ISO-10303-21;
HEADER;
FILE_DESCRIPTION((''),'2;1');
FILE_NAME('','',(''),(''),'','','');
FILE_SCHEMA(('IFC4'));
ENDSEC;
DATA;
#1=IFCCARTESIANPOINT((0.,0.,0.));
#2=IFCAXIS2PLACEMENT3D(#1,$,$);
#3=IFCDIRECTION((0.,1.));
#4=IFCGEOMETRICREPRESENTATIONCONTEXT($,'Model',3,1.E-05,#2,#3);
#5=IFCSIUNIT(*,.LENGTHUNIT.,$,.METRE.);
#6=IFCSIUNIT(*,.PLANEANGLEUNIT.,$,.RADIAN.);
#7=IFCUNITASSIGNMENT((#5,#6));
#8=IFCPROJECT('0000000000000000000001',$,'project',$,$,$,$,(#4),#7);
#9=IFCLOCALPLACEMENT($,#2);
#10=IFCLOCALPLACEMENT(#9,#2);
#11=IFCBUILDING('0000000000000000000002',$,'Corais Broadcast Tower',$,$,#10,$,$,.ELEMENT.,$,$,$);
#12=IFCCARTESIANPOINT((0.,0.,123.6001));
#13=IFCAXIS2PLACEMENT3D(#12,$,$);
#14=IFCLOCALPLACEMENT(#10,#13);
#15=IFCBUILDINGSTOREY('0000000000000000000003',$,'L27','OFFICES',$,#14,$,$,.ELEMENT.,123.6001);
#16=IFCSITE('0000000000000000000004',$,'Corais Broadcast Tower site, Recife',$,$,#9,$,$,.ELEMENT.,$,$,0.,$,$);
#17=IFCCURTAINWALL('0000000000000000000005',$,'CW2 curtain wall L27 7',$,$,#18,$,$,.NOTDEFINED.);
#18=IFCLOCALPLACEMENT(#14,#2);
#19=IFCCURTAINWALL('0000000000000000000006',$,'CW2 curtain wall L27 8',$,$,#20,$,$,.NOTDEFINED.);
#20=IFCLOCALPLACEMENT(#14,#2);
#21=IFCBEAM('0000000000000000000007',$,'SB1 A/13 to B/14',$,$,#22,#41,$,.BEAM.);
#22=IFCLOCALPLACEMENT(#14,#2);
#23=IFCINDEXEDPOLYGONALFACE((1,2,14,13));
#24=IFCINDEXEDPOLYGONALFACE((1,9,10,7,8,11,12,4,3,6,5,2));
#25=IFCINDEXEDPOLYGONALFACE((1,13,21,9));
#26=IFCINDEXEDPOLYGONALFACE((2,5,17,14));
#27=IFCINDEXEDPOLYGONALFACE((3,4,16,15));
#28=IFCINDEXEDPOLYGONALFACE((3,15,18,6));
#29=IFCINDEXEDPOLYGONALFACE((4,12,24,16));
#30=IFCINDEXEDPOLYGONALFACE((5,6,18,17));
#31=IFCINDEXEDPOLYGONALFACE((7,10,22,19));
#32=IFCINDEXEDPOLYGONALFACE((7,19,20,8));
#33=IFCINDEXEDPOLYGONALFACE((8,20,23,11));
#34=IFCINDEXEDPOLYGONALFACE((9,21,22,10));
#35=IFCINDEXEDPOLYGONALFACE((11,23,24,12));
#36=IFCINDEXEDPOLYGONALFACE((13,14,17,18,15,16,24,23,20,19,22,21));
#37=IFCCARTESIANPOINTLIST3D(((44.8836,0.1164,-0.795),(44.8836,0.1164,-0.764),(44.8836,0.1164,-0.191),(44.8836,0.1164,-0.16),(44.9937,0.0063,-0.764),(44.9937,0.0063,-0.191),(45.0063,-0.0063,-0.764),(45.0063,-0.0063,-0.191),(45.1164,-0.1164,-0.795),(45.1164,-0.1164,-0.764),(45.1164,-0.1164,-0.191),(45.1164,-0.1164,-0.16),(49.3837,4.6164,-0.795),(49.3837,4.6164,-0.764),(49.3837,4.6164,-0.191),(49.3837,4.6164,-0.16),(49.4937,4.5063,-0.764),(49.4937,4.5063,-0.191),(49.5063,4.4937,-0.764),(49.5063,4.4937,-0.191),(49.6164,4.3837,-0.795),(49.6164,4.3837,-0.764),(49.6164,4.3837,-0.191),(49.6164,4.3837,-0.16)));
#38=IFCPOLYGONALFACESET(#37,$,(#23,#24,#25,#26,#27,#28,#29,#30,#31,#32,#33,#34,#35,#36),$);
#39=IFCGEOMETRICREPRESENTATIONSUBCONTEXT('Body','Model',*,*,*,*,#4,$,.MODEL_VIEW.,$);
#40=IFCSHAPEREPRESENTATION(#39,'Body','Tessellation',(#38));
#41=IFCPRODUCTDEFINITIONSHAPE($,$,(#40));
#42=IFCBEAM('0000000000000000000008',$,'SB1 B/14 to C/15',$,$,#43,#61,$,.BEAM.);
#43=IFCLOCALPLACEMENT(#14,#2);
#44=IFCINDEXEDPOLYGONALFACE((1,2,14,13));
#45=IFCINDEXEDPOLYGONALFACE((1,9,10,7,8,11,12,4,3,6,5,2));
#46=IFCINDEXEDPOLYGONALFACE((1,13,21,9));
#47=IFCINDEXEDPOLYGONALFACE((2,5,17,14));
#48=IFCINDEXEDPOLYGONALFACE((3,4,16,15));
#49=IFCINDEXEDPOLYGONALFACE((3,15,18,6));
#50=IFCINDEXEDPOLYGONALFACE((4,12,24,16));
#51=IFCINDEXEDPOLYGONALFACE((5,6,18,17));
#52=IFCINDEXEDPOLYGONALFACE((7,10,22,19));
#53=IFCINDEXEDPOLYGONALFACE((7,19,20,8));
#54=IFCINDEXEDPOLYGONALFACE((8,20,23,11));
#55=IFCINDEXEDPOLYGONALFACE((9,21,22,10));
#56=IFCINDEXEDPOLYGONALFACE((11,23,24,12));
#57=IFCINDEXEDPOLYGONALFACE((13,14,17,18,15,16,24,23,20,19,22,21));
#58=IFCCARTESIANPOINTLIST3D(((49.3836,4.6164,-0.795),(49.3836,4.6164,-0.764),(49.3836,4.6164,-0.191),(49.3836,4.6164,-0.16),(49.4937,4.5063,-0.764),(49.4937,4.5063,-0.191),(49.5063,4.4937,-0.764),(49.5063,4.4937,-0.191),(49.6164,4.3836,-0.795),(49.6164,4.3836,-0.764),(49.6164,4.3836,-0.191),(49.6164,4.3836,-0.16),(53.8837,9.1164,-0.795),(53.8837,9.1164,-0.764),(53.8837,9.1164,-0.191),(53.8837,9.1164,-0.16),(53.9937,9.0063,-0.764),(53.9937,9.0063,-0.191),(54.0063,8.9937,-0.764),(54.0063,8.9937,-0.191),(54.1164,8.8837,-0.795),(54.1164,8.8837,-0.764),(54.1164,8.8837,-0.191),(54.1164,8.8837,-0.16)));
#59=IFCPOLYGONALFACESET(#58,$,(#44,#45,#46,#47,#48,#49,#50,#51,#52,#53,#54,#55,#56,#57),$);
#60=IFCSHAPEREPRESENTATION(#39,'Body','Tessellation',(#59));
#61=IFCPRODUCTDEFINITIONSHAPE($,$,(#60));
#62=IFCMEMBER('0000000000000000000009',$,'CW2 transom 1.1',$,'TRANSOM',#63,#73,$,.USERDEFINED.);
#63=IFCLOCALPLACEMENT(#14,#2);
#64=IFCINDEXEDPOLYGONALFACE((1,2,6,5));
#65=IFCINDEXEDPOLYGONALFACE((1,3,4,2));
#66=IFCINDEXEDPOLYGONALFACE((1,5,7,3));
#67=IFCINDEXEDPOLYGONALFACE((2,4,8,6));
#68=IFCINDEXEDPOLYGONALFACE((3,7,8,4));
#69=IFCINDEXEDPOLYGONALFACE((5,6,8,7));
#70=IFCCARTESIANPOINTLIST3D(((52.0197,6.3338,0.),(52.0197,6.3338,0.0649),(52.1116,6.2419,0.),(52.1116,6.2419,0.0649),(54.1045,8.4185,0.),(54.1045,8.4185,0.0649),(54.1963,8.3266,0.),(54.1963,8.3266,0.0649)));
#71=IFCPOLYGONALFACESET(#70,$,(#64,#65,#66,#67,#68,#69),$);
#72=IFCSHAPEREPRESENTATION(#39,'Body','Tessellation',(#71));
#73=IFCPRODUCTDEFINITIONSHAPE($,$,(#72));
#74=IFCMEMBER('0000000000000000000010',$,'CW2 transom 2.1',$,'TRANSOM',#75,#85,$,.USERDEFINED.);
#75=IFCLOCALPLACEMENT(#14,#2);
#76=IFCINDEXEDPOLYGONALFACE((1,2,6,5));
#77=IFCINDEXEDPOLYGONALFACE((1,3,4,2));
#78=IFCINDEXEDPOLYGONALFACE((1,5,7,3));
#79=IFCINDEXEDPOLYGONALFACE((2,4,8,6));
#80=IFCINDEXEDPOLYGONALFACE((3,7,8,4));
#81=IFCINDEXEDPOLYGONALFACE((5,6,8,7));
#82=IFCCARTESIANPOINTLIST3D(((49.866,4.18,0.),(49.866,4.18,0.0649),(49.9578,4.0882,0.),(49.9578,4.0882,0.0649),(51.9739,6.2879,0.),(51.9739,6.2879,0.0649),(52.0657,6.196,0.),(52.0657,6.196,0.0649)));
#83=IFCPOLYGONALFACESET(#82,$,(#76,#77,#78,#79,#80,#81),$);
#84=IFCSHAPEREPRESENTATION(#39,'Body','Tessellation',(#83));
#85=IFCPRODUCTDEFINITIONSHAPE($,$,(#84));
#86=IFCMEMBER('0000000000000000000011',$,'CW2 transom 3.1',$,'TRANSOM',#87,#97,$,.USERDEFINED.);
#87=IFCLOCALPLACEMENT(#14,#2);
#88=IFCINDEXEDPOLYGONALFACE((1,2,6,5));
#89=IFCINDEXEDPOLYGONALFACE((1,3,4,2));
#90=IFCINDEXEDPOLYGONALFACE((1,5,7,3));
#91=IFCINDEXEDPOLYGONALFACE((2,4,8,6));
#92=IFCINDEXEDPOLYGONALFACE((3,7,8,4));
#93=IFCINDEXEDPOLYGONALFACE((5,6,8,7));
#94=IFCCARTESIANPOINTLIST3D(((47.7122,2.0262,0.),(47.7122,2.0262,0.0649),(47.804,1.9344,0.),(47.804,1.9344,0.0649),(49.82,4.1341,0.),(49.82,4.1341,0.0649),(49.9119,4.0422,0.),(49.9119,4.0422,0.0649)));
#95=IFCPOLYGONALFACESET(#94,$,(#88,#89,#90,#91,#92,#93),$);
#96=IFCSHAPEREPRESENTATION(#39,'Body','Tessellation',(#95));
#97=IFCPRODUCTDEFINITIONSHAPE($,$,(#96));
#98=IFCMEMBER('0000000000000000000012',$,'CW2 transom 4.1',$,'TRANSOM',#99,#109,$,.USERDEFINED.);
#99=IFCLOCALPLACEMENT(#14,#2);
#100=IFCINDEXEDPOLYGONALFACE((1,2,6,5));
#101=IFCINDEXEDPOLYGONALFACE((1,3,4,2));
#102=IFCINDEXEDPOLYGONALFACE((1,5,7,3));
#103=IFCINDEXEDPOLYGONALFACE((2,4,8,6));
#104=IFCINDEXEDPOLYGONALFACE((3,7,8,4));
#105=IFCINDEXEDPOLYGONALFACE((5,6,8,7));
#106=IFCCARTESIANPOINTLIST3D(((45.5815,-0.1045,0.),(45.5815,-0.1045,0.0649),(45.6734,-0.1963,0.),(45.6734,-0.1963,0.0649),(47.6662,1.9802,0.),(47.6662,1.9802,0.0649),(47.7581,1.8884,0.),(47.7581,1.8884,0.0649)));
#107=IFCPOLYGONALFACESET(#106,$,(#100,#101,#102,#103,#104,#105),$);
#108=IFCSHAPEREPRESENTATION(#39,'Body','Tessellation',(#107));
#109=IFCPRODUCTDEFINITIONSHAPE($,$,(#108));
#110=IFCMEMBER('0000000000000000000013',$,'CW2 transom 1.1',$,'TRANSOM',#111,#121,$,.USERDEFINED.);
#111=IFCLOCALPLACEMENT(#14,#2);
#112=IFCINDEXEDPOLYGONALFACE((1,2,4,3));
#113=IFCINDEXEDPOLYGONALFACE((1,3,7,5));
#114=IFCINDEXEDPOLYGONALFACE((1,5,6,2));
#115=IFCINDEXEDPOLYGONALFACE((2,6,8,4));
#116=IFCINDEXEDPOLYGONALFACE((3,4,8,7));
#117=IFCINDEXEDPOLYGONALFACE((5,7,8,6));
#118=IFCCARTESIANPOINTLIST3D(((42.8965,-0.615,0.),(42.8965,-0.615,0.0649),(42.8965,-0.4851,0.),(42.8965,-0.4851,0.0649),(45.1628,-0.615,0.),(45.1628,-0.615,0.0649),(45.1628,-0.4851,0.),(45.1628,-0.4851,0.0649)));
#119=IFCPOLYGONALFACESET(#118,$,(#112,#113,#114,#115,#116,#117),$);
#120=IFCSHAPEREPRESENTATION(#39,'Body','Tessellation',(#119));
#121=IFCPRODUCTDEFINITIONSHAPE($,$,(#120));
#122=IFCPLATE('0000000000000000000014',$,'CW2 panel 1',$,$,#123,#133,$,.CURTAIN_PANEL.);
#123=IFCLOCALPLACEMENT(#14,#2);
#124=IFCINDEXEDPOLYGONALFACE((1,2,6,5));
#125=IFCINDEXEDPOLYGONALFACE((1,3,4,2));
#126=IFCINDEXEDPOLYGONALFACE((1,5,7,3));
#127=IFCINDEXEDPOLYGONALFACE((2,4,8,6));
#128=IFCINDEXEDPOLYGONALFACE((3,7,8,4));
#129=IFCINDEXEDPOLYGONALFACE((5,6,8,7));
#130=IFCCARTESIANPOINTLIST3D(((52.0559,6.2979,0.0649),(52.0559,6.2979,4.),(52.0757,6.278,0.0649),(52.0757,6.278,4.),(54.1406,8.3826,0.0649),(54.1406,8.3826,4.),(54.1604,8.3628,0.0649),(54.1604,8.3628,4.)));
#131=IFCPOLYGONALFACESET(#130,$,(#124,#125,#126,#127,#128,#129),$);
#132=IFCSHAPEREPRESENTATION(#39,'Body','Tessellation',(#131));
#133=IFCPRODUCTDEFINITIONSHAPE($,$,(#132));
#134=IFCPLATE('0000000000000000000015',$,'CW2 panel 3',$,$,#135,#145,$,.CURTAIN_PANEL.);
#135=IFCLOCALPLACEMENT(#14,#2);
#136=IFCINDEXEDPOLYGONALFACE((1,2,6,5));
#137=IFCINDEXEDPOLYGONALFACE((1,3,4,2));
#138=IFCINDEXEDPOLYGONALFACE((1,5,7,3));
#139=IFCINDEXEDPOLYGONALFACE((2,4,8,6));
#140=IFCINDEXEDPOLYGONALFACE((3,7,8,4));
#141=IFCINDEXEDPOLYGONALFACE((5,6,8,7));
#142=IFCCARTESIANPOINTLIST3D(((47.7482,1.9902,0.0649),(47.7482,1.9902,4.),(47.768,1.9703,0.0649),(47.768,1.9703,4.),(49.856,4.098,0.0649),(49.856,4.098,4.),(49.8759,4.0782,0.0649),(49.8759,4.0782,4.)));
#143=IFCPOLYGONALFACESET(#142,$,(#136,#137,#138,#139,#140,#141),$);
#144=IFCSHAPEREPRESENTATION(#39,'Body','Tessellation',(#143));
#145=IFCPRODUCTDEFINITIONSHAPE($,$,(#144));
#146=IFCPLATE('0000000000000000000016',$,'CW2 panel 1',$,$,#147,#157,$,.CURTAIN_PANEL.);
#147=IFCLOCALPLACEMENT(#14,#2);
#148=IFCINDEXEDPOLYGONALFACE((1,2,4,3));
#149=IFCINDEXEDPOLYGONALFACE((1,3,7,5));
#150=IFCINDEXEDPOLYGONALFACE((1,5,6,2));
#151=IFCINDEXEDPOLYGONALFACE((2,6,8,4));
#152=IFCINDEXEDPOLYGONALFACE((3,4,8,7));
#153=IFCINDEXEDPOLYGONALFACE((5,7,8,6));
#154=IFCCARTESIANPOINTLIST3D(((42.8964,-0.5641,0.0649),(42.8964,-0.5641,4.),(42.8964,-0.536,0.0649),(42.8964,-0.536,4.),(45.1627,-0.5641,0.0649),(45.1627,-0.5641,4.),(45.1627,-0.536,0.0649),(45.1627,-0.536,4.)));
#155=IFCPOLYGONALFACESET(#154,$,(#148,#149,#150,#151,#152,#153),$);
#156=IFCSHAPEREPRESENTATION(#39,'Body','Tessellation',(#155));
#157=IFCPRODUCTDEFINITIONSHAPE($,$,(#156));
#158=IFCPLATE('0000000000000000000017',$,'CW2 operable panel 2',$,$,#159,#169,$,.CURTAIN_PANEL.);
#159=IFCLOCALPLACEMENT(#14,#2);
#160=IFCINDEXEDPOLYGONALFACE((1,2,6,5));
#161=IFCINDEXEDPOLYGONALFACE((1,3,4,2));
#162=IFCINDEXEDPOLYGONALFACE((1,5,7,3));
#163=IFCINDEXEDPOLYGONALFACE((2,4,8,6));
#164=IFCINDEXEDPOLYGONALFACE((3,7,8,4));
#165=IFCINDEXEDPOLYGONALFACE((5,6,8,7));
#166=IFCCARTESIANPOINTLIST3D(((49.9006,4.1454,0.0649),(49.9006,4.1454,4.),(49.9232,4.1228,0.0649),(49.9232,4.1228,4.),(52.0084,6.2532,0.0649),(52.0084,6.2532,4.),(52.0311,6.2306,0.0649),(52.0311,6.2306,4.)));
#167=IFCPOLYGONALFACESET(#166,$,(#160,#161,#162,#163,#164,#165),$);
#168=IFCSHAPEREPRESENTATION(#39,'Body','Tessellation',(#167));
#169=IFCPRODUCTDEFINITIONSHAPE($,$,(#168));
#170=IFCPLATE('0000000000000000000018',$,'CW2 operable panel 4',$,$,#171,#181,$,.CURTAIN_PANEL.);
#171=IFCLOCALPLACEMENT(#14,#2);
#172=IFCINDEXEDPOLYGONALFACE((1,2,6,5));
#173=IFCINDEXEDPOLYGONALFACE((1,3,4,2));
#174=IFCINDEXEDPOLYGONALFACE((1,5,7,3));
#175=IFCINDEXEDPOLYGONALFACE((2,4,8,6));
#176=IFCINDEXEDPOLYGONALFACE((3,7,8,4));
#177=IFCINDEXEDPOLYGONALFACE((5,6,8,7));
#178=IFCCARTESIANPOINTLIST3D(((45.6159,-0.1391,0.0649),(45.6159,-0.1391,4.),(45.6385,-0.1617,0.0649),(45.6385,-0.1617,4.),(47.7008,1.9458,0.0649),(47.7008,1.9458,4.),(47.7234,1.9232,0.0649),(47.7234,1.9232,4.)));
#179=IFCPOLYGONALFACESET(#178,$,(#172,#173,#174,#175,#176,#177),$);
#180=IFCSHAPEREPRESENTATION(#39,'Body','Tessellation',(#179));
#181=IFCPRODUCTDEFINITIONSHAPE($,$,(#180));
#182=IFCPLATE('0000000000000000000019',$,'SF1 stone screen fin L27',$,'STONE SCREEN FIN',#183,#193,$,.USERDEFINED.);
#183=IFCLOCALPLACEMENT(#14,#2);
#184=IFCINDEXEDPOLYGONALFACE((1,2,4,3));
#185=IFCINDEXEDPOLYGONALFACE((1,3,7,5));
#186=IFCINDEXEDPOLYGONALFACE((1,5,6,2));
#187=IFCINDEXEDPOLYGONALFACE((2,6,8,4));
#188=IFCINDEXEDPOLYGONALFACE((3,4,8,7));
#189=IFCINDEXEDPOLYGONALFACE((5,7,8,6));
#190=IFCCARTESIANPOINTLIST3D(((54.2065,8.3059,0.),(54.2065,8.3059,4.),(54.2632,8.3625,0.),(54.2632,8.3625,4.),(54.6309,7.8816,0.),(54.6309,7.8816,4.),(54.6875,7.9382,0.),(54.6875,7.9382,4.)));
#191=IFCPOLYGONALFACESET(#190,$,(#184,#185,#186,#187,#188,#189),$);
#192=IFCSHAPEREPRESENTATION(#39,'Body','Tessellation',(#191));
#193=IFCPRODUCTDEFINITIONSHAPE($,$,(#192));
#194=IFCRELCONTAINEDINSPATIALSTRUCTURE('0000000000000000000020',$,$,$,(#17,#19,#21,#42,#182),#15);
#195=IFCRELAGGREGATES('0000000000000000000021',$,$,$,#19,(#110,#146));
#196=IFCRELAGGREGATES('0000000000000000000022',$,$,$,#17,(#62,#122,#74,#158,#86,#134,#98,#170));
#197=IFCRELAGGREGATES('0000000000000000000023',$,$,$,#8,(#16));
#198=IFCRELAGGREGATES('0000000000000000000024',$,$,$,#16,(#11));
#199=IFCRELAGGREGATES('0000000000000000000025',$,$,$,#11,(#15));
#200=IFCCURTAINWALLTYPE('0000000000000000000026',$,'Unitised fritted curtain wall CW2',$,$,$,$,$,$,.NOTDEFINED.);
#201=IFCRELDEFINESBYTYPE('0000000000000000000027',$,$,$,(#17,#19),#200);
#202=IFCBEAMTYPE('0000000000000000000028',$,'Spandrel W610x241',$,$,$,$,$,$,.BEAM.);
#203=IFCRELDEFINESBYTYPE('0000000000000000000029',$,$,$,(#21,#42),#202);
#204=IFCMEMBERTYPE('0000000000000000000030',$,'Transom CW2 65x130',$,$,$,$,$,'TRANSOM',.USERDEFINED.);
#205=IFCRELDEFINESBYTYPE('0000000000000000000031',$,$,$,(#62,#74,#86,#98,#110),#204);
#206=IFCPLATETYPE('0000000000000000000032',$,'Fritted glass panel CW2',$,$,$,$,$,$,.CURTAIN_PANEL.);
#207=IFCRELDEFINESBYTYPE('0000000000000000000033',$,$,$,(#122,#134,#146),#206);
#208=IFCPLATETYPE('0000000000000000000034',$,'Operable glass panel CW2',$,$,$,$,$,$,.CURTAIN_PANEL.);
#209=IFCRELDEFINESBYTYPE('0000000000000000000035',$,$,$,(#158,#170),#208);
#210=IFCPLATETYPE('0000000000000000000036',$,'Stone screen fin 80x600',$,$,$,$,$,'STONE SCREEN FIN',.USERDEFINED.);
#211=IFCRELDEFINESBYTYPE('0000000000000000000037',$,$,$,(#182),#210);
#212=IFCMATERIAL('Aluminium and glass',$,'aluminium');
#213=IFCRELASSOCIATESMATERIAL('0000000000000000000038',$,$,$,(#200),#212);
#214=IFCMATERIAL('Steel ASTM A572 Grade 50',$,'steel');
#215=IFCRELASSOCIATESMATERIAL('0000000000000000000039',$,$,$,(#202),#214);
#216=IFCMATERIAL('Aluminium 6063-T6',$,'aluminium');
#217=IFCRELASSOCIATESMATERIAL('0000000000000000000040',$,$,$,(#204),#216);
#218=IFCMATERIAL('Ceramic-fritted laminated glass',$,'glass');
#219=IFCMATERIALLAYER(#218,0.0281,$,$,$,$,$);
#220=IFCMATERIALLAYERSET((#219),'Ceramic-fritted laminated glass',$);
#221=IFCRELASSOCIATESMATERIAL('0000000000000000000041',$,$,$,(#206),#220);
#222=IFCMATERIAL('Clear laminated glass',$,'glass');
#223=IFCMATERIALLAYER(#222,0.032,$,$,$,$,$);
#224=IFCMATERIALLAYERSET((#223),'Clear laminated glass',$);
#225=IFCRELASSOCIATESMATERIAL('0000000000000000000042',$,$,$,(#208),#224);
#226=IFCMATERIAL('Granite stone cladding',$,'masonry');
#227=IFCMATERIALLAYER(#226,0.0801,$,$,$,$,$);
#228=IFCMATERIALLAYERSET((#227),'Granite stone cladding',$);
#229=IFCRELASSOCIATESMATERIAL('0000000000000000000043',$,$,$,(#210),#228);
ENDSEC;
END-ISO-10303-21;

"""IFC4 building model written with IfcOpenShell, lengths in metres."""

from ifc_helpers import new_model, si_unit, direction, frame, origin, origin_2d, place, context, subcontext, project, spatial, rectangle, i_section, extrude, material, layer, layer_set, material_profile, profile_set, type_object, element, aggregate, save


model = new_model("IFC4")

# Units and contexts
model_context = context("Model", 3, precision=1e-05, world=origin(), true_north=direction((0.0, 1.0)))
body_context = subcontext(model_context, "Body", "Model", "MODEL_VIEW")
ifc_project = project(units=[si_unit("LENGTHUNIT", "METRE"), si_unit("PLANEANGLEUNIT", "RADIAN")], contexts=[model_context])

# Site, building, storey
site_placement = place(None, origin())
site = spatial("IfcSite", under=ifc_project, at=site_placement, Name="Corais Broadcast Tower site, Recife", CompositionType="ELEMENT", RefElevation=0.0)
building_placement = place(site_placement, origin())
building = spatial("IfcBuilding", under=site, at=building_placement, Name="Corais Broadcast Tower", CompositionType="ELEMENT")
storey_placement = place(building_placement, frame((0.0, 0.0, 123.6001)))
storey = spatial("IfcBuildingStorey", under=building, at=storey_placement, Name="L27", Description="OFFICES", CompositionType="ELEMENT", Elevation=123.6001)

# Shared definitions
ifc_material_1 = material(Name="Aluminium and glass", Category="aluminium")
curtain_wall_type = type_object("IfcCurtainWallType", Name="Unitised fritted curtain wall CW2", PredefinedType="NOTDEFINED", material=ifc_material_1)

# Curtain wall
curtain_wall_1_placement = place(storey_placement, origin())
curtain_wall_1 = element("IfcCurtainWall", 1, at=curtain_wall_1_placement, inside=storey, type_object=curtain_wall_type, Name="CW2 curtain wall L27 7", PredefinedType="NOTDEFINED")

# Curtain wall
curtain_wall_2_placement = place(storey_placement, origin())
curtain_wall_2 = element("IfcCurtainWall", 2, at=curtain_wall_2_placement, inside=storey, type_object=curtain_wall_type, Name="CW2 curtain wall L27 8", PredefinedType="NOTDEFINED")

# Beams
ifc_material_2 = material(Name="Steel ASTM A572 Grade 50", Category="steel")
ifc_material_profile_1 = material_profile(ifc_material_2, i_section(OverallWidth=0.3291, OverallDepth=0.635, WebThickness=0.0178, FlangeThickness=0.031, at=origin_2d()), Name="W610x241")
ifc_profile_set_1 = profile_set([ifc_material_profile_1], Name="Steel ASTM A572 Grade 50")
beam_type_1 = type_object("IfcBeamType", Name="Spandrel W610x241", PredefinedType="BEAM", material=ifc_profile_set_1)
for number, where, z_axis, x_axis, name in (
    (3, (45.0, 0.0, -0.4775), (0.707107, 0.707107, 0.0), (-0.707107, 0.707107, 0.0), "SB1 A/13 to B/14"),
    (4, (49.5, 4.5, -0.4775), (0.707107, 0.707107, 0.0), (-0.707107, 0.707107, 0.0), "SB1 B/14 to C/15"),
):
    element("IfcBeam", number, at=place(storey_placement, frame(where, z_axis=z_axis, x_axis=x_axis)), inside=storey, type_object=beam_type_1, Name=name, PredefinedType="BEAM", context=body_context, shape_type="SweptSolid", body=[
        extrude(i_section(OverallWidth=0.3291, OverallDepth=0.635, WebThickness=0.0178, FlangeThickness=0.031, at=origin_2d()), origin(), (0.0, 0.0, 1.0), 6.364),
    ])

# Members
ifc_material_3 = material(Name="Aluminium 6063-T6", Category="aluminium")
ifc_material_profile_2 = material_profile(ifc_material_3, rectangle(XDim=0.1299, YDim=0.0649, at=origin_2d()), Name="Transom CW2 65x130")
ifc_profile_set_2 = profile_set([ifc_material_profile_2], Name="Aluminium 6063-T6")
member_type_1 = type_object("IfcMemberType", Name="Transom CW2 65x130", ElementType="TRANSOM", PredefinedType="USERDEFINED", material=ifc_profile_set_2)
member_1_placement = place(storey_placement, frame((54.1504, 8.3726, 0.0325), z_axis=(-0.707107, -0.707107, 0.0), x_axis=(0.707107, -0.707107, 0.0)))
member_1 = element("IfcMember", 5, at=member_1_placement, type_object=member_type_1, Name="CW2 transom 1.1", ObjectType="TRANSOM", PredefinedType="USERDEFINED", context=body_context, shape_type="SweptSolid", body=[
    extrude(rectangle(XDim=0.1299, YDim=0.0649, at=origin_2d()), origin(), (0.0, 0.0, 1.0), 2.9482),
])
member_2_placement = place(storey_placement, frame((52.0198, 6.2419, 0.0325), z_axis=(-0.707107, -0.707107, 0.0), x_axis=(0.707107, -0.707107, 0.0)))
member_2 = element("IfcMember", 6, at=member_2_placement, type_object=member_type_1, Name="CW2 transom 2.1", ObjectType="TRANSOM", PredefinedType="USERDEFINED", context=body_context, shape_type="SweptSolid", body=[
    extrude(rectangle(XDim=0.1299, YDim=0.0649, at=origin_2d()), origin(), (0.0, 0.0, 1.0), 2.981),
])
member_3_placement = place(storey_placement, frame((49.866, 4.0881, 0.0325), z_axis=(-0.707107, -0.707107, 0.0), x_axis=(0.707107, -0.707107, 0.0)))
member_3 = element("IfcMember", 7, at=member_3_placement, type_object=member_type_1, Name="CW2 transom 3.1", ObjectType="TRANSOM", PredefinedType="USERDEFINED", context=body_context, shape_type="SweptSolid", body=[
    extrude(rectangle(XDim=0.1299, YDim=0.0649, at=origin_2d()), origin(), (0.0, 0.0, 1.0), 2.981),
])
member_4_placement = place(storey_placement, frame((47.7122, 1.9343, 0.0325), z_axis=(-0.707107, -0.707107, 0.0), x_axis=(0.707107, -0.707107, 0.0)))
member_4 = element("IfcMember", 8, at=member_4_placement, type_object=member_type_1, Name="CW2 transom 4.1", ObjectType="TRANSOM", PredefinedType="USERDEFINED", context=body_context, shape_type="SweptSolid", body=[
    extrude(rectangle(XDim=0.1299, YDim=0.0649, at=origin_2d()), origin(), (0.0, 0.0, 1.0), 2.9482),
])
member_5_placement = place(storey_placement, frame((45.1628, -0.55, 0.0325), z_axis=(-1.0, 0.0, 0.0), x_axis=(0.0, -1.0, 0.0)))
member_5 = element("IfcMember", 9, at=member_5_placement, type_object=member_type_1, Name="CW2 transom 1.1", ObjectType="TRANSOM", PredefinedType="USERDEFINED", context=body_context, shape_type="SweptSolid", body=[
    extrude(rectangle(XDim=0.1299, YDim=0.0649, at=origin_2d()), origin(), (0.0, 0.0, 1.0), 2.2664),
])

# Plates
ifc_material_4 = material(Name="Ceramic-fritted laminated glass", Category="glass")
ifc_layer_1 = layer(ifc_material_4, 0.0281)
ifc_layer_set_1 = layer_set([ifc_layer_1], Name="Ceramic-fritted laminated glass")
plate_type_1 = type_object("IfcPlateType", Name="Fritted glass panel CW2", PredefinedType="CURTAIN_PANEL", material=ifc_layer_set_1)
plate_1_placement = place(storey_placement, frame((53.1082, 7.3303, 0.0649), z_axis=(0.0, 0.0, 1.0), x_axis=(-0.707107, -0.707107, 0.0)))
plate_1 = element("IfcPlate", 10, at=plate_1_placement, type_object=plate_type_1, Name="CW2 panel 1", PredefinedType="CURTAIN_PANEL", context=body_context, shape_type="SweptSolid", body=[
    extrude(rectangle(XDim=2.9482, YDim=0.0281, at=origin_2d()), origin(), (0.0, 0.0, 1.0), 3.9351),
])
plate_2_placement = place(storey_placement, frame((48.812, 3.0342, 0.0649), z_axis=(0.0, 0.0, 1.0), x_axis=(-0.707107, -0.707107, 0.0)))
plate_2 = element("IfcPlate", 11, at=plate_2_placement, type_object=plate_type_1, Name="CW2 panel 3", PredefinedType="CURTAIN_PANEL", context=body_context, shape_type="SweptSolid", body=[
    extrude(rectangle(XDim=2.981, YDim=0.0281, at=origin_2d()), origin(), (0.0, 0.0, 1.0), 3.9351),
])
plate_3_placement = place(storey_placement, frame((44.0295, -0.55, 0.0649), z_axis=(0.0, 0.0, 1.0), x_axis=(-1.0, 0.0, 0.0)))
plate_3 = element("IfcPlate", 12, at=plate_3_placement, type_object=plate_type_1, Name="CW2 panel 1", PredefinedType="CURTAIN_PANEL", context=body_context, shape_type="SweptSolid", body=[
    extrude(rectangle(XDim=2.2664, YDim=0.0281, at=origin_2d()), origin(), (0.0, 0.0, 1.0), 3.9351),
])
aggregate(curtain_wall_2, [member_5, plate_3])
ifc_material_5 = material(Name="Clear laminated glass", Category="glass")
ifc_layer_2 = layer(ifc_material_5, 0.032)
ifc_layer_set_2 = layer_set([ifc_layer_2], Name="Clear laminated glass")
plate_type_2 = type_object("IfcPlateType", Name="Operable glass panel CW2", PredefinedType="CURTAIN_PANEL", material=ifc_layer_set_2)
plate_4_placement = place(storey_placement, frame((50.9658, 5.188, 0.0649), z_axis=(0.0, 0.0, 1.0), x_axis=(-0.707107, -0.707107, 0.0)))
plate_4 = element("IfcPlate", 13, at=plate_4_placement, type_object=plate_type_2, Name="CW2 operable panel 2", PredefinedType="CURTAIN_PANEL", context=body_context, shape_type="SweptSolid", body=[
    extrude(rectangle(XDim=2.981, YDim=0.032, at=origin_2d()), origin(), (0.0, 0.0, 1.0), 3.9351),
])
plate_5_placement = place(storey_placement, frame((46.6697, 0.8921, 0.0649), z_axis=(0.0, 0.0, 1.0), x_axis=(-0.707107, -0.707107, 0.0)))
plate_5 = element("IfcPlate", 14, at=plate_5_placement, type_object=plate_type_2, Name="CW2 operable panel 4", PredefinedType="CURTAIN_PANEL", context=body_context, shape_type="SweptSolid", body=[
    extrude(rectangle(XDim=2.9485, YDim=0.032, at=origin_2d()), origin(), (0.0, 0.0, 1.0), 3.9351),
])
aggregate(curtain_wall_1, [member_1, plate_1, member_2, plate_4, member_3, plate_2, member_4, plate_5])

# Plate
ifc_material_6 = material(Name="Granite stone cladding", Category="masonry")
ifc_layer_3 = layer(ifc_material_6, 0.0801)
ifc_layer_set_3 = layer_set([ifc_layer_3], Name="Granite stone cladding")
plate_type_3 = type_object("IfcPlateType", Name="Stone screen fin 80x600", ElementType="STONE SCREEN FIN", PredefinedType="USERDEFINED", material=ifc_layer_set_3)
for number, where, z_axis, x_axis, name in (
    (15, (54.447, 8.1221, 0.0), (0.0, 0.0, 1.0), (-0.707107, -0.707107, 0.0), "SF1 stone screen fin L27"),
):
    element("IfcPlate", number, at=place(storey_placement, frame(where, z_axis=z_axis, x_axis=x_axis)), inside=storey, type_object=plate_type_3, Name=name, ObjectType="STONE SCREEN FIN", PredefinedType="USERDEFINED", context=body_context, shape_type="SweptSolid", body=[
        extrude(rectangle(XDim=0.0801, YDim=0.6001, at=origin_2d()), origin(), (0.0, 0.0, 1.0), 4.0),
    ])

save(model, "model.ifc")
